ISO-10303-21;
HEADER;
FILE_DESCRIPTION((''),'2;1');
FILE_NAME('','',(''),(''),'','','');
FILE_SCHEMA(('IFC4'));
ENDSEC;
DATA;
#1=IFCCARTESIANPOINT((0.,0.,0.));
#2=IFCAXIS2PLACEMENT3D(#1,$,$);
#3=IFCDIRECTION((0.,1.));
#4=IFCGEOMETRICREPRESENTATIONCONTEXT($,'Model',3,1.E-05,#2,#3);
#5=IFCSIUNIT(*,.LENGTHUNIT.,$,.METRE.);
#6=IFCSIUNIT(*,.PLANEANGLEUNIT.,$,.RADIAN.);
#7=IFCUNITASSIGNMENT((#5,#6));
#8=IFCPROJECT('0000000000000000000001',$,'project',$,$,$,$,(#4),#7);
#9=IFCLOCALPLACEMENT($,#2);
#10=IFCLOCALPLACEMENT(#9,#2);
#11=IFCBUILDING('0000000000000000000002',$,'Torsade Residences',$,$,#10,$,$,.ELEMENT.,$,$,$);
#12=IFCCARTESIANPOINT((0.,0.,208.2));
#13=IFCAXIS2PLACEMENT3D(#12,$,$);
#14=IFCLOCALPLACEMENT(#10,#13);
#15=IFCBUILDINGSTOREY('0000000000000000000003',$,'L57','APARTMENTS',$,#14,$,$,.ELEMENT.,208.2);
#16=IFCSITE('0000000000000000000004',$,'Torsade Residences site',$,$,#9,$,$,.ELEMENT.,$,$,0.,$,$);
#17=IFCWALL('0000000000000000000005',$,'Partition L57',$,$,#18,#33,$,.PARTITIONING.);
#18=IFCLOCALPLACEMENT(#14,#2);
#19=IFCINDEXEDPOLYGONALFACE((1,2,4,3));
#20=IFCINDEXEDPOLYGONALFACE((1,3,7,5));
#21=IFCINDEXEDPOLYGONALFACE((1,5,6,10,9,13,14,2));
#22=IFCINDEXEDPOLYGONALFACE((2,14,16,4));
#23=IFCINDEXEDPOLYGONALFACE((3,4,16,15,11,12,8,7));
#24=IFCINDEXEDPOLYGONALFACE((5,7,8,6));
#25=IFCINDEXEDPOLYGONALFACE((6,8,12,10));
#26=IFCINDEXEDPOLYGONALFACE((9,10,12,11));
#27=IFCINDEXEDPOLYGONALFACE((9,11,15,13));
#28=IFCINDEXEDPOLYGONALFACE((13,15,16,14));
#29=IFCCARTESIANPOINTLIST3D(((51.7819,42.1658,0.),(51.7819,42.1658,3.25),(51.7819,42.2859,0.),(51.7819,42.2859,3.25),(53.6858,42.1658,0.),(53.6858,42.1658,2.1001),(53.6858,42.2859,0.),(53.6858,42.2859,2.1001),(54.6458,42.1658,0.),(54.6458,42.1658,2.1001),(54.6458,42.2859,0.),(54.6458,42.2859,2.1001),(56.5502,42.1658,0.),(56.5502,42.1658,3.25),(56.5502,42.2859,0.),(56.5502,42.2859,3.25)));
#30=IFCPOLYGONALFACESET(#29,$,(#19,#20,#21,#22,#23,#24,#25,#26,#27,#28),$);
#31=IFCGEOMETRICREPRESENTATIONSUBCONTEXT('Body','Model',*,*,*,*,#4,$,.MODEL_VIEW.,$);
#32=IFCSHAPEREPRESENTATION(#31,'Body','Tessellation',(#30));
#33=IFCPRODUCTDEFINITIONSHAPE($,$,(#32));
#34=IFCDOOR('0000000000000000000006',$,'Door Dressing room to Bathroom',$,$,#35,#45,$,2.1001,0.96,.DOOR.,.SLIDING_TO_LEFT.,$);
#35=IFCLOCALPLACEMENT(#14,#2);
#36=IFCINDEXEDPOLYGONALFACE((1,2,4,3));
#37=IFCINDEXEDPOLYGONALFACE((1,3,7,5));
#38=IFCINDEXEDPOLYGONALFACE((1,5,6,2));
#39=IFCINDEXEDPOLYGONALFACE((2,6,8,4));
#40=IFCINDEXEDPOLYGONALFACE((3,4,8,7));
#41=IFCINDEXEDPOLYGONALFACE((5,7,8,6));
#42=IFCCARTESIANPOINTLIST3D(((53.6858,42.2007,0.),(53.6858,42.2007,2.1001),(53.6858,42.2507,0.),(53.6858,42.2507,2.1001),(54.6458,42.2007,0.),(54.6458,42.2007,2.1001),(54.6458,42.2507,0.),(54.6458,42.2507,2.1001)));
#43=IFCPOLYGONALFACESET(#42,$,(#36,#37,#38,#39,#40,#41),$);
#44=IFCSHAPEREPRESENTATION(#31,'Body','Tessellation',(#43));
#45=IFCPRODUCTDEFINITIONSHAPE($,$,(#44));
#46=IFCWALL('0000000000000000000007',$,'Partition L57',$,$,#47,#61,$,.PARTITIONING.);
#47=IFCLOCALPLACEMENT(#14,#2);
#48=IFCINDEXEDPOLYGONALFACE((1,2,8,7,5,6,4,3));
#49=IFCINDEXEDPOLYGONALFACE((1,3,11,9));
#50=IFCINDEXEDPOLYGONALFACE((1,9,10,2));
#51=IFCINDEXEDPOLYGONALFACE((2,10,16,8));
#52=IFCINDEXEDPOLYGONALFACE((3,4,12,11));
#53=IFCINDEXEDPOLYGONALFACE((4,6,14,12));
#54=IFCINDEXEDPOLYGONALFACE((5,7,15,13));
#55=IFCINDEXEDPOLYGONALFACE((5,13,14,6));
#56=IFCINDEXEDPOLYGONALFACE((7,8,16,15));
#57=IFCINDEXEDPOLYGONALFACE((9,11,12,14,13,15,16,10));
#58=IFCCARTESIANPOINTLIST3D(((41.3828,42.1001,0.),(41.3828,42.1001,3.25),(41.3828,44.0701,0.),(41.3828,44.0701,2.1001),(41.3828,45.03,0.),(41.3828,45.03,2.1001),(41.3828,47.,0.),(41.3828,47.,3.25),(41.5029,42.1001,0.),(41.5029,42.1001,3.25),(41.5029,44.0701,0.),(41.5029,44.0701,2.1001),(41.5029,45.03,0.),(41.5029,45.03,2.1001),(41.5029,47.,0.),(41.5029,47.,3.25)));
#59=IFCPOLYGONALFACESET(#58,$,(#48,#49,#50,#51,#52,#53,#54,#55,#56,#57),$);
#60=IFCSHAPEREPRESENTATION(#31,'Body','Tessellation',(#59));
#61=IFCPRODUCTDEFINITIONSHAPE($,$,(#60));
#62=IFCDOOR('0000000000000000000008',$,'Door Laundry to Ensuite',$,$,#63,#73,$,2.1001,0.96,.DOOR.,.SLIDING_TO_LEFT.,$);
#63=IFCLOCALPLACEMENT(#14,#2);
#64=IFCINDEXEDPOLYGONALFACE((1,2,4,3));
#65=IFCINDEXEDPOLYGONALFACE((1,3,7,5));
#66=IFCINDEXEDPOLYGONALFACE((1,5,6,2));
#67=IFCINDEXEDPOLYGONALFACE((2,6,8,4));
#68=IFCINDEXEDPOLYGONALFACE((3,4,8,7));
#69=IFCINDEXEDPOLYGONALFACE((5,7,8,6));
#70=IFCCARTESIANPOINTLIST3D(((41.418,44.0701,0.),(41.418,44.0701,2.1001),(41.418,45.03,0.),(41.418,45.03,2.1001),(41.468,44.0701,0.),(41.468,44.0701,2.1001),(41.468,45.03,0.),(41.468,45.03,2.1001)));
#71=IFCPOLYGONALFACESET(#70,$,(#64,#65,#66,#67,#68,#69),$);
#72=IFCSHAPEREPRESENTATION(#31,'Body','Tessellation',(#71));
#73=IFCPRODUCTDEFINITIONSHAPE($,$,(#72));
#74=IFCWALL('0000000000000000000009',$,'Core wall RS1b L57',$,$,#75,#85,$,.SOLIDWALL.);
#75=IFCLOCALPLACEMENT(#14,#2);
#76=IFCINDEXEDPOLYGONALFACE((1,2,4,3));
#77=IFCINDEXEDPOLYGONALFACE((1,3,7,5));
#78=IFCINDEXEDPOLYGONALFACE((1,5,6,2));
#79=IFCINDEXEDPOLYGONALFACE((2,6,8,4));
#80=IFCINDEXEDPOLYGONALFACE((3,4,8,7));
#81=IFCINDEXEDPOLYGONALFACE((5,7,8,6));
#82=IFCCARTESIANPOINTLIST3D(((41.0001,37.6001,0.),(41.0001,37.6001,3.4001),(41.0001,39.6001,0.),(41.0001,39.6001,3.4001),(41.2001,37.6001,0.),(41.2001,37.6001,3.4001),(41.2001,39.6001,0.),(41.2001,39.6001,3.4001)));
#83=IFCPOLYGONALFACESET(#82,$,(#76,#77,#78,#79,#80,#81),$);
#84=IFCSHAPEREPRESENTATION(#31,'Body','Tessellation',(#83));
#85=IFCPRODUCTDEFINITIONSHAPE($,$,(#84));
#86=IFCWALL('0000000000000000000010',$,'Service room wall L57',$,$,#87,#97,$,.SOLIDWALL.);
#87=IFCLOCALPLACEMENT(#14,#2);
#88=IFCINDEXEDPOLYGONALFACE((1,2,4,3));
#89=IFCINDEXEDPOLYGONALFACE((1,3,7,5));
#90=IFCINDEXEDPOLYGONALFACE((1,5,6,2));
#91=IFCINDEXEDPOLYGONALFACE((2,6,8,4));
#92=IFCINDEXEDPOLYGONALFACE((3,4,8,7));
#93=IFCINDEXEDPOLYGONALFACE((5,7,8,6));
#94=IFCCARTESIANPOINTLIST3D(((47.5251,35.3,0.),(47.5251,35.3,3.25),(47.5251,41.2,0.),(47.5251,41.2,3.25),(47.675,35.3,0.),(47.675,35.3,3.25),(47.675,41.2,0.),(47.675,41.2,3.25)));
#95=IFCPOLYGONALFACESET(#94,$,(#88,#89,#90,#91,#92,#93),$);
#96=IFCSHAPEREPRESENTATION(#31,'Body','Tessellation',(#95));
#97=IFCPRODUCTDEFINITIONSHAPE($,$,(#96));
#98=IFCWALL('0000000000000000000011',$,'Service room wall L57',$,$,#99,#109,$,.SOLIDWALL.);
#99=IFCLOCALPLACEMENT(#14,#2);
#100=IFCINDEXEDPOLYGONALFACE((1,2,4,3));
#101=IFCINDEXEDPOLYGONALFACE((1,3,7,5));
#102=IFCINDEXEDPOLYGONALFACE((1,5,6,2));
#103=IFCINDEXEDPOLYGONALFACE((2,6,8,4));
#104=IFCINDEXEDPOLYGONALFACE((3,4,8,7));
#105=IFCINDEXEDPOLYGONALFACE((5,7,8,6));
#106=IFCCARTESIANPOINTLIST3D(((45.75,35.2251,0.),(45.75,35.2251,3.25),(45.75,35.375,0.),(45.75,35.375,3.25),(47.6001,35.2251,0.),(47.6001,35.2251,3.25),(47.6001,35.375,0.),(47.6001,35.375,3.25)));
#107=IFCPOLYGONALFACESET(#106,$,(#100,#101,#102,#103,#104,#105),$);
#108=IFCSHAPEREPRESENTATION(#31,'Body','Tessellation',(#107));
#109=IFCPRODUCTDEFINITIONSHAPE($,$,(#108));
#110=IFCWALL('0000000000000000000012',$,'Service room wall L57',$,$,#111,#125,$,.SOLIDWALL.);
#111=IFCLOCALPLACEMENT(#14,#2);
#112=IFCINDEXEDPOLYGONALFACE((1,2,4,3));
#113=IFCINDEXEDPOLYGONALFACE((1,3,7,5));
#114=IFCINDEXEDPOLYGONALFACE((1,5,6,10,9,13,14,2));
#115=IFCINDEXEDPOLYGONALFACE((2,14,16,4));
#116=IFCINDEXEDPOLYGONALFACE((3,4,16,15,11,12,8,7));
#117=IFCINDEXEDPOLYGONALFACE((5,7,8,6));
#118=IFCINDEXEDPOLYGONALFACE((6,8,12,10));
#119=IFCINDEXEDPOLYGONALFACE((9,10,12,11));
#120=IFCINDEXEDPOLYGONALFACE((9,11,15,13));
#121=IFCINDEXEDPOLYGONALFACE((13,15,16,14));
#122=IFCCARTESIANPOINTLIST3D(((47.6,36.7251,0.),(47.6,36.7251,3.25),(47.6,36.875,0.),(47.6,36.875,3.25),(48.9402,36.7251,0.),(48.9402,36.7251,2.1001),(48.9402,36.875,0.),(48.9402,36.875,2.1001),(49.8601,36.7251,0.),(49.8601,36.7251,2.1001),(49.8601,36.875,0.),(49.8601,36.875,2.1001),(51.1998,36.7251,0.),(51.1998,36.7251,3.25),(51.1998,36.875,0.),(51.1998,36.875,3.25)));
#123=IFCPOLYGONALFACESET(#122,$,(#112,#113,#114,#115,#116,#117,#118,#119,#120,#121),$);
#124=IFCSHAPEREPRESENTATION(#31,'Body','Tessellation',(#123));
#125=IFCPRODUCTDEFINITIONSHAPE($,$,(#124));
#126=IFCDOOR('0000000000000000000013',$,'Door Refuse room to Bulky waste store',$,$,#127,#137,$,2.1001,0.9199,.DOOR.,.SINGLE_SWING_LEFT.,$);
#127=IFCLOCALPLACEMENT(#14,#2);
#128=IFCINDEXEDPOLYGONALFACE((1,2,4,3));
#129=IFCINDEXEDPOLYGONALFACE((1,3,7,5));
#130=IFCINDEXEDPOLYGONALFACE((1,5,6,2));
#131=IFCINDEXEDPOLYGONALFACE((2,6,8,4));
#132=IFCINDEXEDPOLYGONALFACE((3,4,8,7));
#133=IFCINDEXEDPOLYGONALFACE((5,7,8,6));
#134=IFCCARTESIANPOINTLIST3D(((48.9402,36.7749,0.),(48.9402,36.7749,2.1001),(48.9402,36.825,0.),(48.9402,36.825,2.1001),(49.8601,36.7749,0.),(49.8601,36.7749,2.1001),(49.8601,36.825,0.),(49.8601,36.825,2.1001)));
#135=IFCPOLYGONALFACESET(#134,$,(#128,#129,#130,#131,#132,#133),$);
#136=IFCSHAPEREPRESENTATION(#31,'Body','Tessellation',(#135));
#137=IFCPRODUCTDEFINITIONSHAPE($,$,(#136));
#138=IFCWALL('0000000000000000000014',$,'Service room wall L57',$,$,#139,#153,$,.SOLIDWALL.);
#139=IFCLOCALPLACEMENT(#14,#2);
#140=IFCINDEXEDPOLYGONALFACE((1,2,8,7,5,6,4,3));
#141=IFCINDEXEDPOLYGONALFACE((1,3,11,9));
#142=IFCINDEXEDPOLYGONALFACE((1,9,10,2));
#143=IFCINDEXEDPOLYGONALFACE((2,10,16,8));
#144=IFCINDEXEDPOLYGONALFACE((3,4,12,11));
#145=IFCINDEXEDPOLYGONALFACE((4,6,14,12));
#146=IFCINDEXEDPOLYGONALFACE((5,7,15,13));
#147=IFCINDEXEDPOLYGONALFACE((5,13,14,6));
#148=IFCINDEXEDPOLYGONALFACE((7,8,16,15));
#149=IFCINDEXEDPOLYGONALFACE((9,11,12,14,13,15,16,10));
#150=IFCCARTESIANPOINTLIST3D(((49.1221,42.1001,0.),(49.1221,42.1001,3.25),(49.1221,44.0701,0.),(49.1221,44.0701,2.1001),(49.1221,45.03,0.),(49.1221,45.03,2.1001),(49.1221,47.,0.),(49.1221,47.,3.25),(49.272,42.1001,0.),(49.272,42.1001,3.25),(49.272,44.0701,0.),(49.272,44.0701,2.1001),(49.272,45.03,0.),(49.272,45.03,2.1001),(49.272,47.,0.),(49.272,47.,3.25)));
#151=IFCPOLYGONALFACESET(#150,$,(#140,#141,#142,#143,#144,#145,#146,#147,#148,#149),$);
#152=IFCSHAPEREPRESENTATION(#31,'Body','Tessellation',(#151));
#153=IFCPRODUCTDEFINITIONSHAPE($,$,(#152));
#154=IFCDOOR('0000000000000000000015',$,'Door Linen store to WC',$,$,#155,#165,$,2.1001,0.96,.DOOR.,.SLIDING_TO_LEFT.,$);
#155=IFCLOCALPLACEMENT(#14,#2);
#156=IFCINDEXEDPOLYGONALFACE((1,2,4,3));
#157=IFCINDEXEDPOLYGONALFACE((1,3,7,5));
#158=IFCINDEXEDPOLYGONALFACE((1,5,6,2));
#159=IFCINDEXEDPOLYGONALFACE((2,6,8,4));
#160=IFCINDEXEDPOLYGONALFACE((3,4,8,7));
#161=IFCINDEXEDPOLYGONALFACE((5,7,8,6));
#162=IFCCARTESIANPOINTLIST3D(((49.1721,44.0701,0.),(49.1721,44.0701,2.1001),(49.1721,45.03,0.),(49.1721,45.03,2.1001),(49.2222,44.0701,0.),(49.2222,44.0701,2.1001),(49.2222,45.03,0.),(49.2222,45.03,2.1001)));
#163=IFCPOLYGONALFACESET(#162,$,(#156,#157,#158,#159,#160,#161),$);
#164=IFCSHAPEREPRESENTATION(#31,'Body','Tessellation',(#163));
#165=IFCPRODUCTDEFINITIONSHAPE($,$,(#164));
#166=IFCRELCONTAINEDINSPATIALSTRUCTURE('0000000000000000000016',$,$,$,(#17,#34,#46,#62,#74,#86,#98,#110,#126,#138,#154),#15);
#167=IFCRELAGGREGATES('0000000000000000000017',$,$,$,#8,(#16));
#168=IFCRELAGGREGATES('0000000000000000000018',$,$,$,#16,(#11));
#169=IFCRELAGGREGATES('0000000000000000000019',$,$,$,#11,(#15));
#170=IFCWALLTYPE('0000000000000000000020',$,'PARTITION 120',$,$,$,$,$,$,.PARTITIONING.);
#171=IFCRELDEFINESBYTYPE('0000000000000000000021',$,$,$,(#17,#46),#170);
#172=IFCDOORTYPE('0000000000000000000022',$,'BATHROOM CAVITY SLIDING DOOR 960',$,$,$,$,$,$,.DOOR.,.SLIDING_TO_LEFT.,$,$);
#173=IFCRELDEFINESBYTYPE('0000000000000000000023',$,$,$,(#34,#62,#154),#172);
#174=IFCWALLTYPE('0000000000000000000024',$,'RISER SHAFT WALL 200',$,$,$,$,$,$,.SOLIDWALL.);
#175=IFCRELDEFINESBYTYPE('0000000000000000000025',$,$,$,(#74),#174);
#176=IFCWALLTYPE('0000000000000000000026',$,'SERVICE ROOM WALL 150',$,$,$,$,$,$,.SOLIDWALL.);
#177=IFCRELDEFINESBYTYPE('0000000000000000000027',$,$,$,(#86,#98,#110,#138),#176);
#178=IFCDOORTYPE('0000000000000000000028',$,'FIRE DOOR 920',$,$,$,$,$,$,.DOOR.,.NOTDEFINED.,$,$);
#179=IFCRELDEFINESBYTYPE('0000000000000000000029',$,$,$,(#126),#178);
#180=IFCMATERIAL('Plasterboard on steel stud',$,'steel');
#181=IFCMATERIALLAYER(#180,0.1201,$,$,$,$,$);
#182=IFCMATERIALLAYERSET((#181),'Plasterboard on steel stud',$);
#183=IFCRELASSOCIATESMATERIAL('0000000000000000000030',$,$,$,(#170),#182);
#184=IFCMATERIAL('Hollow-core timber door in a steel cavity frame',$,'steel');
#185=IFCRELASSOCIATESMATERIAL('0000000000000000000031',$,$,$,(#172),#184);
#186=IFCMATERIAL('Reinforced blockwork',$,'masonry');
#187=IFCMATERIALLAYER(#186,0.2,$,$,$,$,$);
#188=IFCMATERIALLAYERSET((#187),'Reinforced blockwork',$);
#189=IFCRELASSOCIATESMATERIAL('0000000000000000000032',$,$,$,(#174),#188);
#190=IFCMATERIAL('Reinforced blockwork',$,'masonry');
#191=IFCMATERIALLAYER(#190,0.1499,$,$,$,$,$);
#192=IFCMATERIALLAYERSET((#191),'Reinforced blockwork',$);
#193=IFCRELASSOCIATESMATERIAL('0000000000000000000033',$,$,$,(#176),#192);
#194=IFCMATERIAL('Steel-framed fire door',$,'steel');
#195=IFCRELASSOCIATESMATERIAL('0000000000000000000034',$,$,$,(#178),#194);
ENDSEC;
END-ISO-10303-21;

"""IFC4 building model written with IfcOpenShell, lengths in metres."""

from ifc_helpers import new_model, si_unit, direction, frame, frame_2d, origin, place, context, subcontext, project, spatial, rectangle, extrude, material, layer, layer_set, type_object, element, fill, save


model = new_model("IFC4")

# Units and contexts
model_context = context("Model", 3, precision=1e-05, world=origin(), true_north=direction((0.0, 1.0)))
body_context = subcontext(model_context, "Body", "Model", "MODEL_VIEW")
ifc_project = project(units=[si_unit("LENGTHUNIT", "METRE"), si_unit("PLANEANGLEUNIT", "RADIAN")], contexts=[model_context])

# Site, building, storey
site_placement = place(None, origin())
site = spatial("IfcSite", under=ifc_project, at=site_placement, Name="Torsade Residences site", CompositionType="ELEMENT", RefElevation=0.0)
building_placement = place(site_placement, origin())
building = spatial("IfcBuilding", under=site, at=building_placement, Name="Torsade Residences", CompositionType="ELEMENT")
storey_placement = place(building_placement, frame((0.0, 0.0, 208.2)))
storey = spatial("IfcBuildingStorey", under=building, at=storey_placement, Name="L57", Description="APARTMENTS", CompositionType="ELEMENT", Elevation=208.2)

# Walls, openings, doors
ifc_material_1 = material(Name="Plasterboard on steel stud", Category="steel")
ifc_layer_1 = layer(ifc_material_1, 0.1201)
ifc_layer_set_1 = layer_set([ifc_layer_1], Name="Plasterboard on steel stud")
wall_type_1 = type_object("IfcWallType", Name="PARTITION 120", PredefinedType="PARTITIONING", material=ifc_layer_set_1)
wall_1_placement = place(storey_placement, frame((51.7817, 42.2258, 0.0), z_axis=(0.0, 0.0, 1.0), x_axis=(1.0, 0.0, 0.0)))
wall_1 = element("IfcWall", 1, at=wall_1_placement, inside=storey, type_object=wall_type_1, Name="Partition L57", PredefinedType="PARTITIONING", context=body_context, shape_type="SweptSolid", body=[
    extrude(rectangle(XDim=4.7683, YDim=0.1201, at=frame_2d((2.3843, 0.0))), origin(), (0.0, 0.0, 1.0), 3.25),
])
opening_1_placement = place(wall_1_placement, frame((1.9041, 0.0, 0.0)))
opening_1 = element("IfcOpeningElement", 2, at=opening_1_placement, cuts=wall_1, PredefinedType="OPENING", context=body_context, shape_type="SweptSolid", body=[
    extrude(rectangle(XDim=0.96, YDim=2.1001, at=frame_2d((0.48, 1.05))), frame((0.0, 0.0701, 0.0), z_axis=(0.0, -1.0, 0.0), x_axis=(1.0, 0.0, 0.0)), (0.0, 0.0, 1.0), 0.1401),
])
ifc_material_2 = material(Name="Hollow-core timber door in a steel cavity frame", Category="steel")
door_type_1 = type_object("IfcDoorType", Name="BATHROOM CAVITY SLIDING DOOR 960", OperationType="SLIDING_TO_LEFT", PredefinedType="DOOR", material=ifc_material_2)
door_1_placement = place(opening_1_placement, origin())
door_1 = element("IfcDoor", 3, at=door_1_placement, inside=storey, type_object=door_type_1, Name="Door Dressing room to Bathroom", OperationType="SLIDING_TO_LEFT", OverallHeight=2.1001, OverallWidth=0.96, PredefinedType="DOOR", context=body_context, shape_type="SweptSolid", body=[
    extrude(rectangle(XDim=0.96, YDim=2.1001, at=frame_2d((0.48, 1.05))), frame((0.0, 0.0249, 0.0), z_axis=(0.0, -1.0, 0.0), x_axis=(1.0, 0.0, 0.0)), (0.0, 0.0, 1.0), 0.05),
])
fill(opening_1, door_1)
wall_2_placement = place(storey_placement, frame((41.4429, 42.1001, 0.0), z_axis=(0.0, 0.0, 1.0), x_axis=(0.0, 1.0, 0.0)))
wall_2 = element("IfcWall", 4, at=wall_2_placement, inside=storey, type_object=wall_type_1, Name="Partition L57", PredefinedType="PARTITIONING", context=body_context, shape_type="SweptSolid", body=[
    extrude(rectangle(XDim=4.8999, YDim=0.1201, at=frame_2d((2.45, 0.0))), origin(), (0.0, 0.0, 1.0), 3.25),
])
opening_2_placement = place(wall_2_placement, frame((1.97, 0.0, 0.0)))
opening_2 = element("IfcOpeningElement", 5, at=opening_2_placement, cuts=wall_2, PredefinedType="OPENING", context=body_context, shape_type="SweptSolid", body=[
    extrude(rectangle(XDim=0.96, YDim=2.1001, at=frame_2d((0.48, 1.05))), frame((0.0, 0.0701, 0.0), z_axis=(0.0, -1.0, 0.0), x_axis=(1.0, 0.0, 0.0)), (0.0, 0.0, 1.0), 0.1401),
])
door_2_placement = place(opening_2_placement, origin())
door_2 = element("IfcDoor", 6, at=door_2_placement, inside=storey, type_object=door_type_1, Name="Door Laundry to Ensuite", OperationType="SLIDING_TO_LEFT", OverallHeight=2.1001, OverallWidth=0.96, PredefinedType="DOOR", context=body_context, shape_type="SweptSolid", body=[
    extrude(rectangle(XDim=0.96, YDim=2.1001, at=frame_2d((0.48, 1.05))), frame((0.0, 0.0249, 0.0), z_axis=(0.0, -1.0, 0.0), x_axis=(1.0, 0.0, 0.0)), (0.0, 0.0, 1.0), 0.05),
])
fill(opening_2, door_2)

# Walls
ifc_material_3 = material(Name="Reinforced blockwork", Category="masonry")
ifc_layer_2 = layer(ifc_material_3, 0.2)
ifc_layer_set_2 = layer_set([ifc_layer_2], Name="Reinforced blockwork")
wall_type_2 = type_object("IfcWallType", Name="RISER SHAFT WALL 200", PredefinedType="SOLIDWALL", material=ifc_layer_set_2)
wall_3_placement = place(storey_placement, frame((41.1001, 37.6001, 0.0), z_axis=(0.0, 0.0, 1.0), x_axis=(0.0, 1.0, 0.0)))
element("IfcWall", 7, at=wall_3_placement, inside=storey, type_object=wall_type_2, Name="Core wall RS1b L57", PredefinedType="SOLIDWALL", context=body_context, shape_type="SweptSolid", body=[
    extrude(rectangle(XDim=2.0, YDim=0.2, at=frame_2d((1.0, 0.0))), origin(), (0.0, 0.0, 1.0), 3.4001),
])
ifc_material_4 = material(Name="Reinforced blockwork", Category="masonry")
ifc_layer_3 = layer(ifc_material_4, 0.1499)
ifc_layer_set_3 = layer_set([ifc_layer_3], Name="Reinforced blockwork")
wall_type_3 = type_object("IfcWallType", Name="SERVICE ROOM WALL 150", PredefinedType="SOLIDWALL", material=ifc_layer_set_3)
wall_4_placement = place(storey_placement, frame((47.6001, 41.2, 0.0), z_axis=(0.0, 0.0, 1.0), x_axis=(0.0, -1.0, 0.0)))
element("IfcWall", 8, at=wall_4_placement, inside=storey, type_object=wall_type_3, Name="Service room wall L57", PredefinedType="SOLIDWALL", context=body_context, shape_type="SweptSolid", body=[
    extrude(rectangle(XDim=5.8999, YDim=0.1499, at=frame_2d((2.95, 0.0))), origin(), (0.0, 0.0, 1.0), 3.25),
])
wall_5_placement = place(storey_placement, frame((47.6001, 35.3, 0.0), z_axis=(0.0, 0.0, 1.0), x_axis=(-1.0, 0.0, 0.0)))
element("IfcWall", 9, at=wall_5_placement, inside=storey, type_object=wall_type_3, Name="Service room wall L57", PredefinedType="SOLIDWALL", context=body_context, shape_type="SweptSolid", body=[
    extrude(rectangle(XDim=1.8501, YDim=0.1499, at=frame_2d((0.925, 0.0))), origin(), (0.0, 0.0, 1.0), 3.25),
])

# Walls, openings, doors
wall_6_placement = place(storey_placement, frame((47.6001, 36.8, 0.0), z_axis=(0.0, 0.0, 1.0), x_axis=(1.0, 0.0, 0.0)))
wall_6 = element("IfcWall", 10, at=wall_6_placement, inside=storey, type_object=wall_type_3, Name="Service room wall L57", PredefinedType="SOLIDWALL", context=body_context, shape_type="SweptSolid", body=[
    extrude(rectangle(XDim=3.5999, YDim=0.1499, at=frame_2d((1.7998, 0.0))), origin(), (0.0, 0.0, 1.0), 3.25),
])
opening_3_placement = place(wall_6_placement, frame((1.3401, 0.0, 0.0)))
opening_3 = element("IfcOpeningElement", 11, at=opening_3_placement, cuts=wall_6, PredefinedType="OPENING", context=body_context, shape_type="SweptSolid", body=[
    extrude(rectangle(XDim=0.9199, YDim=2.1001, at=frame_2d((0.46, 1.05))), frame((0.0, 0.085, 0.0), z_axis=(0.0, -1.0, 0.0), x_axis=(1.0, 0.0, 0.0)), (0.0, 0.0, 1.0), 0.1699),
])
ifc_material_5 = material(Name="Steel-framed fire door", Category="steel")
door_type_2 = type_object("IfcDoorType", Name="FIRE DOOR 920", OperationType="NOTDEFINED", PredefinedType="DOOR", material=ifc_material_5)
door_3_placement = place(opening_3_placement, origin())
door_3 = element("IfcDoor", 12, at=door_3_placement, inside=storey, type_object=door_type_2, Name="Door Refuse room to Bulky waste store", OperationType="SINGLE_SWING_LEFT", OverallHeight=2.1001, OverallWidth=0.9199, PredefinedType="DOOR", context=body_context, shape_type="SweptSolid", body=[
    extrude(rectangle(XDim=0.9199, YDim=2.1001, at=frame_2d((0.46, 1.05))), frame((0.0, 0.0249, 0.0), z_axis=(0.0, -1.0, 0.0), x_axis=(1.0, 0.0, 0.0)), (0.0, 0.0, 1.0), 0.05),
])
fill(opening_3, door_3)
wall_7_placement = place(storey_placement, frame((49.197, 42.1001, 0.0), z_axis=(0.0, 0.0, 1.0), x_axis=(0.0, 1.0, 0.0)))
wall_7 = element("IfcWall", 13, at=wall_7_placement, inside=storey, type_object=wall_type_3, Name="Service room wall L57", PredefinedType="SOLIDWALL", context=body_context, shape_type="SweptSolid", body=[
    extrude(rectangle(XDim=4.8999, YDim=0.1499, at=frame_2d((2.45, 0.0))), origin(), (0.0, 0.0, 1.0), 3.25),
])
opening_4_placement = place(wall_7_placement, frame((1.97, 0.0, 0.0)))
opening_4 = element("IfcOpeningElement", 14, at=opening_4_placement, cuts=wall_7, PredefinedType="OPENING", context=body_context, shape_type="SweptSolid", body=[
    extrude(rectangle(XDim=0.96, YDim=2.1001, at=frame_2d((0.48, 1.05))), frame((0.0, 0.085, 0.0), z_axis=(0.0, -1.0, 0.0), x_axis=(1.0, 0.0, 0.0)), (0.0, 0.0, 1.0), 0.1699),
])
door_4_placement = place(opening_4_placement, origin())
door_4 = element("IfcDoor", 15, at=door_4_placement, inside=storey, type_object=door_type_1, Name="Door Linen store to WC", OperationType="SLIDING_TO_LEFT", OverallHeight=2.1001, OverallWidth=0.96, PredefinedType="DOOR", context=body_context, shape_type="SweptSolid", body=[
    extrude(rectangle(XDim=0.96, YDim=2.1001, at=frame_2d((0.48, 1.05))), frame((0.0, 0.0249, 0.0), z_axis=(0.0, -1.0, 0.0), x_axis=(1.0, 0.0, 0.0)), (0.0, 0.0, 1.0), 0.05),
])
fill(opening_4, door_4)

save(model, "model.ifc")
